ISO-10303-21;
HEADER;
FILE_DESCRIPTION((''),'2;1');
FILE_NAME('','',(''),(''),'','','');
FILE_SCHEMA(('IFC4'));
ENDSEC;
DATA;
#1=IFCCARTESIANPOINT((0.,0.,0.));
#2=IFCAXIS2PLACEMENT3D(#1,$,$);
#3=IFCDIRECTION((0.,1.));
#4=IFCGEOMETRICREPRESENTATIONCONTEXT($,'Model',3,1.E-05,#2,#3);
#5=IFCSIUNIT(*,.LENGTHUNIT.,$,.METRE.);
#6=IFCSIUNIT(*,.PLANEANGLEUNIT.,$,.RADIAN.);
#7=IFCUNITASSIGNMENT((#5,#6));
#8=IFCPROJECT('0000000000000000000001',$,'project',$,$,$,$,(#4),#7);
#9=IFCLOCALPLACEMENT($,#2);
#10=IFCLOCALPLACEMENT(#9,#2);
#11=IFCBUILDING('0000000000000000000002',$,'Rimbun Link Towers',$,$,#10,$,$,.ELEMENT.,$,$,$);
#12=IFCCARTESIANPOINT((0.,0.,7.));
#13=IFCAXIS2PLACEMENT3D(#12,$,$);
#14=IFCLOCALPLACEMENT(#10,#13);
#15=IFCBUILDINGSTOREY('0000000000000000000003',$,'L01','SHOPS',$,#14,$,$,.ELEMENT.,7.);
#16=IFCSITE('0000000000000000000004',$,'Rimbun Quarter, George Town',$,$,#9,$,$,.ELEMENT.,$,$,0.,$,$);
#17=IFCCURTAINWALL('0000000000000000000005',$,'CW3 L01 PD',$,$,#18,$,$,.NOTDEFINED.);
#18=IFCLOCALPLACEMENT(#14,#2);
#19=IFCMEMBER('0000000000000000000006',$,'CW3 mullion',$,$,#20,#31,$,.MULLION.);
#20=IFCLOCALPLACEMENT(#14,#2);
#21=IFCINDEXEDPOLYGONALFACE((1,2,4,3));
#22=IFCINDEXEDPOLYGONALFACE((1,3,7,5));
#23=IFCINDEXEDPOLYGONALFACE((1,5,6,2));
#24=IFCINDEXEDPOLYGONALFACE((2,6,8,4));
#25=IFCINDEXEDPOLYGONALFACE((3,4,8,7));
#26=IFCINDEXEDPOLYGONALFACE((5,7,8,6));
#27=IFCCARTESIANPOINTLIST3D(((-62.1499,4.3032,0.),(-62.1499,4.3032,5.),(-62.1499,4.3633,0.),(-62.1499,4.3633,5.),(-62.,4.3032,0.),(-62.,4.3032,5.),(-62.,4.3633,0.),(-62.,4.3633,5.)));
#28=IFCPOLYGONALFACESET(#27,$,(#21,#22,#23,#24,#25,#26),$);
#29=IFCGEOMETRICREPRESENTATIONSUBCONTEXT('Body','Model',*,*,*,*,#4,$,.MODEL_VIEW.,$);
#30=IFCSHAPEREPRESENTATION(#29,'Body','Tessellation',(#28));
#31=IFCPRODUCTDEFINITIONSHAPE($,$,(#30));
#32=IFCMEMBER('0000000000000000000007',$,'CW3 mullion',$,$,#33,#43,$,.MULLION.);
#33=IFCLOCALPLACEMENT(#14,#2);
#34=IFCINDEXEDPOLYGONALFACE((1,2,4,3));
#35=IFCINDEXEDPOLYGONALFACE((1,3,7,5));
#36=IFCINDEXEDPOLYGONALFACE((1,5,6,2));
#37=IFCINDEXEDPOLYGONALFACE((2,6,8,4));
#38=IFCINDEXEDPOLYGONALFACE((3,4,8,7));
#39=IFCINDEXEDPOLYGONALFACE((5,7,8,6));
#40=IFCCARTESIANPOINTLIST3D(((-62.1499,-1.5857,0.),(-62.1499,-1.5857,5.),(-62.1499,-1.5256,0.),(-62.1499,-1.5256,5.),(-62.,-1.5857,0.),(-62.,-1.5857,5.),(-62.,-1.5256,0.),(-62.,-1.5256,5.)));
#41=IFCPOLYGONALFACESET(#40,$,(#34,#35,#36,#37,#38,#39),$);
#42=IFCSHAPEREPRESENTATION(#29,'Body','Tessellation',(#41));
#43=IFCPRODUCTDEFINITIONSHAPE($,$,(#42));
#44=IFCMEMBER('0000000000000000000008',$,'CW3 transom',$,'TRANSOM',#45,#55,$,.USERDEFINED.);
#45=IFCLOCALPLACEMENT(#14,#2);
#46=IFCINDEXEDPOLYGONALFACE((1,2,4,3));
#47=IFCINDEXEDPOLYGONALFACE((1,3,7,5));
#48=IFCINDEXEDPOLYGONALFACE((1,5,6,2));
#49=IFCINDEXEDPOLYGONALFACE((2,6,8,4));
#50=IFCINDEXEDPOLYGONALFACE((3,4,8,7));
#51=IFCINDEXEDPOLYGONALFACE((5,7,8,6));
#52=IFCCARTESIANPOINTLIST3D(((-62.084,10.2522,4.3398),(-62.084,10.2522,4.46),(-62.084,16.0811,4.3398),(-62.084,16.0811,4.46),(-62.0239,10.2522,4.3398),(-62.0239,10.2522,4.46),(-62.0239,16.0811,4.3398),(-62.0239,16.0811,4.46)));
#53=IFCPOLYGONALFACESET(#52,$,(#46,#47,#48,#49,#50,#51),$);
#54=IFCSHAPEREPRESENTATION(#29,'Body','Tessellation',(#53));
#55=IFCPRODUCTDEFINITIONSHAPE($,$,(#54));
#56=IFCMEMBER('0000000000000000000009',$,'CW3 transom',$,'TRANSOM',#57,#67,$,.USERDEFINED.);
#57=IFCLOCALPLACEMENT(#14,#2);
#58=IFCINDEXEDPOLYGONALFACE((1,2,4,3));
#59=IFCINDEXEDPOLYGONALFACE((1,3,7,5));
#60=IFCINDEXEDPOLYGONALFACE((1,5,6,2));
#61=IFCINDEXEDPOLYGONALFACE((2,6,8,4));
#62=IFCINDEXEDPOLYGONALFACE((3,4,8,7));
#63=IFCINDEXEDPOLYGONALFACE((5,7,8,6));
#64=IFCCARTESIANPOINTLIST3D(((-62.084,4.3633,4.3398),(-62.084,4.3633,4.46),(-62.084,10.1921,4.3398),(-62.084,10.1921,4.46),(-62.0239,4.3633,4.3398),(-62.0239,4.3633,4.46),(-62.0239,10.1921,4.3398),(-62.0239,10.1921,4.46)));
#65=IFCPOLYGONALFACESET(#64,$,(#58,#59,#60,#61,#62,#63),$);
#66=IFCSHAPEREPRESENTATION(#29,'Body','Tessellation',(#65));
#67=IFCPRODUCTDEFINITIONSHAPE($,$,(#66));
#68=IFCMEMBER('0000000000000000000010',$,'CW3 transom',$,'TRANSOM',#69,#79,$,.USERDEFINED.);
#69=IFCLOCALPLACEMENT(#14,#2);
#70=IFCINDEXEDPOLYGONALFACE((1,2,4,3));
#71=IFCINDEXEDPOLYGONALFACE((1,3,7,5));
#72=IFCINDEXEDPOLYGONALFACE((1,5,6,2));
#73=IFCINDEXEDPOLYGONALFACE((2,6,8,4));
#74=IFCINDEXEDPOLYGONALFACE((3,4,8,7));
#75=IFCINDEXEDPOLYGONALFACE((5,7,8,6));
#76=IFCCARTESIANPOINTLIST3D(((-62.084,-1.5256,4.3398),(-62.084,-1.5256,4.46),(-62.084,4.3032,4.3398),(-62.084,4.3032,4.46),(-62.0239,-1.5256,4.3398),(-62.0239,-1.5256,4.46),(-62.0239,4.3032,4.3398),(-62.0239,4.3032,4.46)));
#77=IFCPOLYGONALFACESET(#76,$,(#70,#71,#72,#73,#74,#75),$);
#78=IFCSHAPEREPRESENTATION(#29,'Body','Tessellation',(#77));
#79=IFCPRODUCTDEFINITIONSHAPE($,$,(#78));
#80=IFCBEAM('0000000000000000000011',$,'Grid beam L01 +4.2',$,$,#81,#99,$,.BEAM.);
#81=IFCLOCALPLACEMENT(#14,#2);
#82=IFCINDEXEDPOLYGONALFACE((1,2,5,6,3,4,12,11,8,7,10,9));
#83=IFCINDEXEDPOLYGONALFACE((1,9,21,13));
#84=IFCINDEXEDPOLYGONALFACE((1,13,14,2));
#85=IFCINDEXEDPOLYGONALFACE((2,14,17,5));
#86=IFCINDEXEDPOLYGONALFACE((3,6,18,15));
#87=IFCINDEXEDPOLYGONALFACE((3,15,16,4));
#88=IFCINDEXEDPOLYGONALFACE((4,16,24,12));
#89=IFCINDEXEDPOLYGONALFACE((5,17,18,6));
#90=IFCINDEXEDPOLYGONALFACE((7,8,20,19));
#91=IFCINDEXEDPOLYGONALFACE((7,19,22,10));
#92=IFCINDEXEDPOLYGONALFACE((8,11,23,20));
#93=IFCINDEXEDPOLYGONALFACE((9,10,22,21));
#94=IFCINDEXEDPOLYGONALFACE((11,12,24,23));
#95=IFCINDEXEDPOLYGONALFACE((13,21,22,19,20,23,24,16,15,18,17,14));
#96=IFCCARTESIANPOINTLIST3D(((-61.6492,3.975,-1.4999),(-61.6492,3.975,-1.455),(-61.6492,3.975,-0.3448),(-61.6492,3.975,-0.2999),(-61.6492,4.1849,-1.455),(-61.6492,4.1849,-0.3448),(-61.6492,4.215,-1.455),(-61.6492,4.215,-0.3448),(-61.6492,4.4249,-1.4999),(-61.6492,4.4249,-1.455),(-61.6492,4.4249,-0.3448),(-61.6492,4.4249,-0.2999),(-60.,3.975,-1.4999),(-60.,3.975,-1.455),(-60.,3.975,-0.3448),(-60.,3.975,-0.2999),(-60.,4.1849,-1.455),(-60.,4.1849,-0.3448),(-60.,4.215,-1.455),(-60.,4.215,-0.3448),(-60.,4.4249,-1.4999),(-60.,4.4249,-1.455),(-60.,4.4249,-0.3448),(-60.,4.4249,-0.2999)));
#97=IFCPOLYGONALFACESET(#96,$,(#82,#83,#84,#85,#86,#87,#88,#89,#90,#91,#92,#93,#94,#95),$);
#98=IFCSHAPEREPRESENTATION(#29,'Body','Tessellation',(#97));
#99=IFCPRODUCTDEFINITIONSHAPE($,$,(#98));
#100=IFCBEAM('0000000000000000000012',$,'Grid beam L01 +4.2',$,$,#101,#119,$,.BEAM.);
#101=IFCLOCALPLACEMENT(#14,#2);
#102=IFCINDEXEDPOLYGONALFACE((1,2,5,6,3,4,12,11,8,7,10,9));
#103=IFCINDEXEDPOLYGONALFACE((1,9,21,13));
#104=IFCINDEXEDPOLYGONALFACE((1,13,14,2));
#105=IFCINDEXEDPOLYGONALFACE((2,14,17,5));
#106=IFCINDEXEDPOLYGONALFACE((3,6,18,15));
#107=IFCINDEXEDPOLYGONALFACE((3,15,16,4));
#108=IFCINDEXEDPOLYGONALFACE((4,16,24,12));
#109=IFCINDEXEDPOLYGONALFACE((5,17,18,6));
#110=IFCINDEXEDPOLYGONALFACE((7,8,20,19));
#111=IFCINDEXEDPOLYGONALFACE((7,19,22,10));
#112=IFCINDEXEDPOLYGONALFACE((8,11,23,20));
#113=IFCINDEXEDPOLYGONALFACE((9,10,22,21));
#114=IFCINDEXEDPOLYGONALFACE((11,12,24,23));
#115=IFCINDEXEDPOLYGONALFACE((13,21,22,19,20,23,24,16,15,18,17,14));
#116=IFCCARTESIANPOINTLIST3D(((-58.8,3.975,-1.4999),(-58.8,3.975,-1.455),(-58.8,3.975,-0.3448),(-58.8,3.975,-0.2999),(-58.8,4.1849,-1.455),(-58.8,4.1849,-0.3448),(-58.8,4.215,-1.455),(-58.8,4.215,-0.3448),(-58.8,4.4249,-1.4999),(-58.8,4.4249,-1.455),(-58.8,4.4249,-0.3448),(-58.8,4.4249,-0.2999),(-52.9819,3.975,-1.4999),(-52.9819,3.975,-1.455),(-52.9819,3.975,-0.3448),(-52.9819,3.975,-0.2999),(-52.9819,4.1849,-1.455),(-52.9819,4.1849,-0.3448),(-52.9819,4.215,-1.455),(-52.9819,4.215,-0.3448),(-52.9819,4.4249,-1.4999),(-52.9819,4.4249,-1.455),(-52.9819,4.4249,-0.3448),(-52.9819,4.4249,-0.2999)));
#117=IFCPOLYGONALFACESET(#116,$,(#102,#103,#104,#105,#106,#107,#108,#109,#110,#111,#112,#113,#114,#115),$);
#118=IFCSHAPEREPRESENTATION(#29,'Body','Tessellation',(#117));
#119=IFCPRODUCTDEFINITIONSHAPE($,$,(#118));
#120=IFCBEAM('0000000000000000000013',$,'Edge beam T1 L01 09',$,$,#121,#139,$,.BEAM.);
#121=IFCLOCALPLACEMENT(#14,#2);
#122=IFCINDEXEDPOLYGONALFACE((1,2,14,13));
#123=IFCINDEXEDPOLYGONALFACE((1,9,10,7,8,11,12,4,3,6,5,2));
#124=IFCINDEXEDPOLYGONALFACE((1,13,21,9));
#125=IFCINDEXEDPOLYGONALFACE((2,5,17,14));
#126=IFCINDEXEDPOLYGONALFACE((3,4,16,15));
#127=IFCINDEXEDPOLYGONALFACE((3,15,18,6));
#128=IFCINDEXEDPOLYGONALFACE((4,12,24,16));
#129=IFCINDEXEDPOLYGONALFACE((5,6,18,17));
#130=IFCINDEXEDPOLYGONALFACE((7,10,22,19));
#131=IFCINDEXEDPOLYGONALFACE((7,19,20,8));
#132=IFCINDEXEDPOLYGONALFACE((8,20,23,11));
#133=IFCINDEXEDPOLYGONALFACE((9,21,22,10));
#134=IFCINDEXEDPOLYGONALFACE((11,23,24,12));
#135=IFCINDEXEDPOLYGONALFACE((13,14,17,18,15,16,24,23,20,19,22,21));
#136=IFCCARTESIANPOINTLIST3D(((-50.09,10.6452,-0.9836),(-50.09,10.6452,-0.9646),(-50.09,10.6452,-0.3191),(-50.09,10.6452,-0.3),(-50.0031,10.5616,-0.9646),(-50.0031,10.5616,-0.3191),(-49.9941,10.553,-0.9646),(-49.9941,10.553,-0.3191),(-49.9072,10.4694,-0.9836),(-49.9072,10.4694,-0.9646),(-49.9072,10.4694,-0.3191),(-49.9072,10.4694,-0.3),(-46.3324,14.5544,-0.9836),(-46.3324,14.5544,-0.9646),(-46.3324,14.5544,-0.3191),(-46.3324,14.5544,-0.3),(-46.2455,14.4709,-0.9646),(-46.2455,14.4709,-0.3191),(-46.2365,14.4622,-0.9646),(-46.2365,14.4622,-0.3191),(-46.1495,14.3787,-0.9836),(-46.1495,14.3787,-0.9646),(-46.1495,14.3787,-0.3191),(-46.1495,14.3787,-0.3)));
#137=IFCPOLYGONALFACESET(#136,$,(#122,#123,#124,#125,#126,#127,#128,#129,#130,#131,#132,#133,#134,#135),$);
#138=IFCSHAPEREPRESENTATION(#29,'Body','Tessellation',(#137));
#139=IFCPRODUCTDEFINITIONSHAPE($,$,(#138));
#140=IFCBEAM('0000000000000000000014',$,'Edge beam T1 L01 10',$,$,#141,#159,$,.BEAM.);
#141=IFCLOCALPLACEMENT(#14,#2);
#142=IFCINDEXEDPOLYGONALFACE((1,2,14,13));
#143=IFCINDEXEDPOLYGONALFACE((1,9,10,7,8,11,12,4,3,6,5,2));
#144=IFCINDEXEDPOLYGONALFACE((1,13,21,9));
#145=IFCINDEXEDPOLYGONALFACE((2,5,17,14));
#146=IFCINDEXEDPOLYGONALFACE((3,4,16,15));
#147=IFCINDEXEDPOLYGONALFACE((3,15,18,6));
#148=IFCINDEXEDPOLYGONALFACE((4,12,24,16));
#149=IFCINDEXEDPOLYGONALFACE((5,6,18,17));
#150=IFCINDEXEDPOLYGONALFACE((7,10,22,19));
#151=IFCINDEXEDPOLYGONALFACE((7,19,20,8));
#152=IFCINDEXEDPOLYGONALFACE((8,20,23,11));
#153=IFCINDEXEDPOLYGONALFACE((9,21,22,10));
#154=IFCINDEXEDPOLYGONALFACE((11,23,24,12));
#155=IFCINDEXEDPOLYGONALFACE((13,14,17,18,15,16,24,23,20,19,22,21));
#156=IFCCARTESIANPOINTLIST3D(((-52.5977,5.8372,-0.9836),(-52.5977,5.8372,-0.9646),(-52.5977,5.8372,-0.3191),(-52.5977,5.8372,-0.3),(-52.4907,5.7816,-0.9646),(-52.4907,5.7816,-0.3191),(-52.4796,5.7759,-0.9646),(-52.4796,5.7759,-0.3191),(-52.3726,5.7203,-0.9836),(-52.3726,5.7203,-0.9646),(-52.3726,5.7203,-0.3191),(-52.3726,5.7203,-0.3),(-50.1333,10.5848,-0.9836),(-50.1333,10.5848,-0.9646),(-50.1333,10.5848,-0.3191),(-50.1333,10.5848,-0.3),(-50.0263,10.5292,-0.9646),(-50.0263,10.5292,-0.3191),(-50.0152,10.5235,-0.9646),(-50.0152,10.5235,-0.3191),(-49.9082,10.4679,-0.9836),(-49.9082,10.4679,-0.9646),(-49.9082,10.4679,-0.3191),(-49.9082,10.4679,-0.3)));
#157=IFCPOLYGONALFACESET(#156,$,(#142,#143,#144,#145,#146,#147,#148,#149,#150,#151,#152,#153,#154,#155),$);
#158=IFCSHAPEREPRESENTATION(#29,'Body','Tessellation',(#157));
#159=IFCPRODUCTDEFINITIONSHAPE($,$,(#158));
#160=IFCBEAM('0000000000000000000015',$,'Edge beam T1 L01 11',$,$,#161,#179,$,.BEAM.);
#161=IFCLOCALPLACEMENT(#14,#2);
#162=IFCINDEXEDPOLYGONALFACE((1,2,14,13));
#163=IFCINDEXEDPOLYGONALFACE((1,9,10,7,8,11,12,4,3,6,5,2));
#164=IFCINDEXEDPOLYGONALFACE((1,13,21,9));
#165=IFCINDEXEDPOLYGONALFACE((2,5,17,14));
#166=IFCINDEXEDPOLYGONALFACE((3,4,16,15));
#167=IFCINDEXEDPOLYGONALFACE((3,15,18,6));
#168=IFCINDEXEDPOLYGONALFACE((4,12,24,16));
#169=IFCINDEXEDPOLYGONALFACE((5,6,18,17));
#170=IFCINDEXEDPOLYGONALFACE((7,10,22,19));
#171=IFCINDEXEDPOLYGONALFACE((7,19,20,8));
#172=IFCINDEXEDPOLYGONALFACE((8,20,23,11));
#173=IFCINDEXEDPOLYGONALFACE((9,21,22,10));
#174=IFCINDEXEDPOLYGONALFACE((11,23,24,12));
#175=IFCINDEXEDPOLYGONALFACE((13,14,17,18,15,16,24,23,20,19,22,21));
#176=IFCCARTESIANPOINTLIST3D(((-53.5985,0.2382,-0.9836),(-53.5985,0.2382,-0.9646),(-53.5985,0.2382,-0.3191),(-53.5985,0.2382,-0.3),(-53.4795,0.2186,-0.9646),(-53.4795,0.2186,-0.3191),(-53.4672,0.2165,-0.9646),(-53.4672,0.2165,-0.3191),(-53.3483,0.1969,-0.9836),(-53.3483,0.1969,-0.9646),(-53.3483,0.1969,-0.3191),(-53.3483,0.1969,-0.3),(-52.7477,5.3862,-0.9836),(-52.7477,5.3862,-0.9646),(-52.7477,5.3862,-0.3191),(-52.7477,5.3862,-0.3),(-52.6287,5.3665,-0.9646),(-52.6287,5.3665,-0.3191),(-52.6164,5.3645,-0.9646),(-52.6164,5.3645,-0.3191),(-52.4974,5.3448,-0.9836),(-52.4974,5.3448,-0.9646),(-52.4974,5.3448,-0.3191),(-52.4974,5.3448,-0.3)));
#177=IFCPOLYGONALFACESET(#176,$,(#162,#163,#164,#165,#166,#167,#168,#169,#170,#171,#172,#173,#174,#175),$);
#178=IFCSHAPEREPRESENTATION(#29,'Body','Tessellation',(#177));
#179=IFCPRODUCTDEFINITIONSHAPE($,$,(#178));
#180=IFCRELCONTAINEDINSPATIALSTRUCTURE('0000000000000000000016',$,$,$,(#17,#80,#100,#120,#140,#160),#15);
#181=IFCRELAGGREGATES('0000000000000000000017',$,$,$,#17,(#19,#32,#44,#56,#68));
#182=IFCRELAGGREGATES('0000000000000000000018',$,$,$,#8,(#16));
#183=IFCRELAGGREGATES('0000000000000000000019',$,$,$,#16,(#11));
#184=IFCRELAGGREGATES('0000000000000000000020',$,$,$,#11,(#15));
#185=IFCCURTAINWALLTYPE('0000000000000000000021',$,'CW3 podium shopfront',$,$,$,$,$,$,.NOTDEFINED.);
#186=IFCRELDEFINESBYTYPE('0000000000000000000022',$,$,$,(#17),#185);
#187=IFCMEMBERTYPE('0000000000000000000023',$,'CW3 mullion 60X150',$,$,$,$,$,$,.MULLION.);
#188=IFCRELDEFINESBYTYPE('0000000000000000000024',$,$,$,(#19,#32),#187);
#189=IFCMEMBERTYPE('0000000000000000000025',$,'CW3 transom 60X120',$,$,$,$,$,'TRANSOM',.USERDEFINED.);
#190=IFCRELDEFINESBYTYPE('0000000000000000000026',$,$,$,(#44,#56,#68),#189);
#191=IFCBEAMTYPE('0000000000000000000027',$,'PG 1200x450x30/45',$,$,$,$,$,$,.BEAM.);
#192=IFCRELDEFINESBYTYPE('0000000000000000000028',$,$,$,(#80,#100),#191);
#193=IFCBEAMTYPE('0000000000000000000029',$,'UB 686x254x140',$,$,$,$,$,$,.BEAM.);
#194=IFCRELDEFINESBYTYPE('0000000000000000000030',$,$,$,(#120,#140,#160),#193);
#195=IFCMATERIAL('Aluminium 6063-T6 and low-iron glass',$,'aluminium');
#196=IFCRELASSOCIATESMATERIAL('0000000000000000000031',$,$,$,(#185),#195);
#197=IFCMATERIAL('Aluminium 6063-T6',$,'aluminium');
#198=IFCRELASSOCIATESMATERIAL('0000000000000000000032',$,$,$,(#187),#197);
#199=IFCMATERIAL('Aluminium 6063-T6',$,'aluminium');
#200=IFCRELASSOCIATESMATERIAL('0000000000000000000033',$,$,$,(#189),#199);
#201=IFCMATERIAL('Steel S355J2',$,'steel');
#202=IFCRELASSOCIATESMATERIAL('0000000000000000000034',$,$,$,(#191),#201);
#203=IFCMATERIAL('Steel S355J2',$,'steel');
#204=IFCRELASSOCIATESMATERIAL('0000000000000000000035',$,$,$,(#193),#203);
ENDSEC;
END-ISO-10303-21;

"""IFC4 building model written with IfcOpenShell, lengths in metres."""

from ifc_helpers import new_model, si_unit, direction, frame, origin, origin_2d, place, context, subcontext, project, spatial, rectangle, i_section, extrude, material, material_profile, profile_set, type_object, element, aggregate, save


model = new_model("IFC4")

# Units and contexts
model_context = context("Model", 3, precision=1e-05, world=origin(), true_north=direction((0.0, 1.0)))
body_context = subcontext(model_context, "Body", "Model", "MODEL_VIEW")
ifc_project = project(units=[si_unit("LENGTHUNIT", "METRE"), si_unit("PLANEANGLEUNIT", "RADIAN")], contexts=[model_context])

# Site, building, storey
site_placement = place(None, origin())
site = spatial("IfcSite", under=ifc_project, at=site_placement, Name="Rimbun Quarter, George Town", CompositionType="ELEMENT", RefElevation=0.0)
building_placement = place(site_placement, origin())
building = spatial("IfcBuilding", under=site, at=building_placement, Name="Rimbun Link Towers", CompositionType="ELEMENT")
storey_placement = place(building_placement, frame((0.0, 0.0, 7.0)))
storey = spatial("IfcBuildingStorey", under=building, at=storey_placement, Name="L01", Description="SHOPS", CompositionType="ELEMENT", Elevation=7.0)

# Curtain wall, members
ifc_material_1 = material(Name="Aluminium 6063-T6 and low-iron glass", Category="aluminium")
curtain_wall_type = type_object("IfcCurtainWallType", Name="CW3 podium shopfront", PredefinedType="NOTDEFINED", material=ifc_material_1)
curtain_wall_placement = place(storey_placement, origin())
curtain_wall = element("IfcCurtainWall", 1, at=curtain_wall_placement, inside=storey, type_object=curtain_wall_type, Name="CW3 L01 PD", PredefinedType="NOTDEFINED")
ifc_material_2 = material(Name="Aluminium 6063-T6", Category="aluminium")
ifc_material_profile_1 = material_profile(ifc_material_2, rectangle(XDim=0.1499, YDim=0.0601, at=origin_2d()), Name="MULLION 60X150")
ifc_profile_set_1 = profile_set([ifc_material_profile_1], Name="Aluminium 6063-T6")
member_type_1 = type_object("IfcMemberType", Name="CW3 mullion 60X150", PredefinedType="MULLION", material=ifc_profile_set_1)
member_1_placement = place(storey_placement, frame((-62.075, 4.3333, 0.0), z_axis=(0.0, 0.0, 1.0), x_axis=(-1.0, 0.0, 0.0)))
member_1 = element("IfcMember", 2, at=member_1_placement, type_object=member_type_1, Name="CW3 mullion", PredefinedType="MULLION", context=body_context, shape_type="SweptSolid", body=[
    extrude(rectangle(XDim=0.1499, YDim=0.0601, at=origin_2d()), origin(), (0.0, 0.0, 1.0), 5.0),
])
member_2_placement = place(storey_placement, frame((-62.075, -1.5557, 0.0), z_axis=(0.0, 0.0, 1.0), x_axis=(-1.0, 0.0, 0.0)))
member_2 = element("IfcMember", 3, at=member_2_placement, type_object=member_type_1, Name="CW3 mullion", PredefinedType="MULLION", context=body_context, shape_type="SweptSolid", body=[
    extrude(rectangle(XDim=0.1499, YDim=0.0601, at=origin_2d()), origin(), (0.0, 0.0, 1.0), 5.0),
])
ifc_material_3 = material(Name="Aluminium 6063-T6", Category="aluminium")
ifc_material_profile_2 = material_profile(ifc_material_3, rectangle(XDim=0.0601, YDim=0.1201, at=origin_2d()), Name="TRANSOM 60X120")
ifc_profile_set_2 = profile_set([ifc_material_profile_2], Name="Aluminium 6063-T6")
member_type_2 = type_object("IfcMemberType", Name="CW3 transom 60X120", ElementType="TRANSOM", PredefinedType="USERDEFINED", material=ifc_profile_set_2)
member_3_placement = place(storey_placement, frame((-62.054, 10.2522, 4.3999), z_axis=(0.0, 1.0, 0.0), x_axis=(-1.0, 0.0, 0.0)))
member_3 = element("IfcMember", 4, at=member_3_placement, type_object=member_type_2, Name="CW3 transom", ObjectType="TRANSOM", PredefinedType="USERDEFINED", context=body_context, shape_type="SweptSolid", body=[
    extrude(rectangle(XDim=0.0601, YDim=0.1201, at=origin_2d()), origin(), (0.0, 0.0, 1.0), 5.8289),
])
member_4_placement = place(storey_placement, frame((-62.054, 4.3633, 4.3999), z_axis=(0.0, 1.0, 0.0), x_axis=(-1.0, 0.0, 0.0)))
member_4 = element("IfcMember", 5, at=member_4_placement, type_object=member_type_2, Name="CW3 transom", ObjectType="TRANSOM", PredefinedType="USERDEFINED", context=body_context, shape_type="SweptSolid", body=[
    extrude(rectangle(XDim=0.0601, YDim=0.1201, at=origin_2d()), origin(), (0.0, 0.0, 1.0), 5.8289),
])
member_5_placement = place(storey_placement, frame((-62.054, -1.5256, 4.3999), z_axis=(0.0, 1.0, 0.0), x_axis=(-1.0, 0.0, 0.0)))
member_5 = element("IfcMember", 6, at=member_5_placement, type_object=member_type_2, Name="CW3 transom", ObjectType="TRANSOM", PredefinedType="USERDEFINED", context=body_context, shape_type="SweptSolid", body=[
    extrude(rectangle(XDim=0.0601, YDim=0.1201, at=origin_2d()), origin(), (0.0, 0.0, 1.0), 5.8289),
])

# Beams
ifc_material_4 = material(Name="Steel S355J2", Category="steel")
ifc_material_profile_3 = material_profile(ifc_material_4, i_section(OverallWidth=0.45, OverallDepth=1.2, WebThickness=0.03, FlangeThickness=0.0449, at=origin_2d()), Name="PG 1200x450x30/45")
ifc_profile_set_3 = profile_set([ifc_material_profile_3], Name="Steel S355J2")
beam_type_1 = type_object("IfcBeamType", Name="PG 1200x450x30/45", PredefinedType="BEAM", material=ifc_profile_set_3)
beam_1_placement = place(storey_placement, frame((-61.6492, 4.2, -0.8999), z_axis=(1.0, 0.0, 0.0), x_axis=(0.0, 1.0, 0.0)))
element("IfcBeam", 7, at=beam_1_placement, inside=storey, type_object=beam_type_1, Name="Grid beam L01 +4.2", PredefinedType="BEAM", context=body_context, shape_type="SweptSolid", body=[
    extrude(i_section(OverallWidth=0.45, OverallDepth=1.2, WebThickness=0.03, FlangeThickness=0.0449, at=origin_2d()), origin(), (0.0, 0.0, 1.0), 1.6492),
])
beam_2_placement = place(storey_placement, frame((-58.8, 4.2, -0.8999), z_axis=(1.0, 0.0, 0.0), x_axis=(0.0, 1.0, 0.0)))
element("IfcBeam", 8, at=beam_2_placement, inside=storey, type_object=beam_type_1, Name="Grid beam L01 +4.2", PredefinedType="BEAM", context=body_context, shape_type="SweptSolid", body=[
    extrude(i_section(OverallWidth=0.45, OverallDepth=1.2, WebThickness=0.03, FlangeThickness=0.0449, at=origin_2d()), origin(), (0.0, 0.0, 1.0), 5.8181),
])
ifc_material_5 = material(Name="Steel S355J2", Category="steel")
ifc_material_profile_4 = material_profile(ifc_material_5, i_section(OverallWidth=0.2537, OverallDepth=0.6836, WebThickness=0.0125, FlangeThickness=0.019, at=origin_2d()), Name="UB 686x254x140")
ifc_profile_set_4 = profile_set([ifc_material_profile_4], Name="Steel S355J2")
beam_type_2 = type_object("IfcBeamType", Name="UB 686x254x140", PredefinedType="BEAM", material=ifc_profile_set_4)
beam_3_placement = place(storey_placement, frame((-46.241, 14.4666, -0.6418), z_axis=(-0.692988, -0.720949, 0.0), x_axis=(0.720949, -0.692988, 0.0)))
element("IfcBeam", 9, at=beam_3_placement, inside=storey, type_object=beam_type_2, Name="Edge beam T1 L01 09", PredefinedType="BEAM", context=body_context, shape_type="SweptSolid", body=[
    extrude(i_section(OverallWidth=0.2537, OverallDepth=0.6836, WebThickness=0.0125, FlangeThickness=0.019, at=origin_2d()), origin(), (0.0, 0.0, 1.0), 5.4224),
])
beam_4_placement = place(storey_placement, frame((-50.0208, 10.5264, -0.6418), z_axis=(-0.460709, -0.887551, 0.0), x_axis=(0.887551, -0.460709, 0.0)))
element("IfcBeam", 10, at=beam_4_placement, inside=storey, type_object=beam_type_2, Name="Edge beam T1 L01 10", PredefinedType="BEAM", context=body_context, shape_type="SweptSolid", body=[
    extrude(i_section(OverallWidth=0.2537, OverallDepth=0.6836, WebThickness=0.0125, FlangeThickness=0.019, at=origin_2d()), origin(), (0.0, 0.0, 1.0), 5.3491),
])
for number, where, z_axis, x_axis, name in (
    (11, (-52.6226, 5.3655, -0.6418), (-0.163063, -0.986616, 0.0), (0.986616, -0.163063, 0.0), "Edge beam T1 L01 11"),
):
    element("IfcBeam", number, at=place(storey_placement, frame(where, z_axis=z_axis, x_axis=x_axis)), inside=storey, type_object=beam_type_2, Name=name, PredefinedType="BEAM", context=body_context, shape_type="SweptSolid", body=[
        extrude(i_section(OverallWidth=0.2537, OverallDepth=0.6836, WebThickness=0.0125, FlangeThickness=0.019, at=origin_2d()), origin(), (0.0, 0.0, 1.0), 5.2178),
    ])

aggregate(curtain_wall, [member_1, member_2, member_3, member_4, member_5])

save(model, "model.ifc")
